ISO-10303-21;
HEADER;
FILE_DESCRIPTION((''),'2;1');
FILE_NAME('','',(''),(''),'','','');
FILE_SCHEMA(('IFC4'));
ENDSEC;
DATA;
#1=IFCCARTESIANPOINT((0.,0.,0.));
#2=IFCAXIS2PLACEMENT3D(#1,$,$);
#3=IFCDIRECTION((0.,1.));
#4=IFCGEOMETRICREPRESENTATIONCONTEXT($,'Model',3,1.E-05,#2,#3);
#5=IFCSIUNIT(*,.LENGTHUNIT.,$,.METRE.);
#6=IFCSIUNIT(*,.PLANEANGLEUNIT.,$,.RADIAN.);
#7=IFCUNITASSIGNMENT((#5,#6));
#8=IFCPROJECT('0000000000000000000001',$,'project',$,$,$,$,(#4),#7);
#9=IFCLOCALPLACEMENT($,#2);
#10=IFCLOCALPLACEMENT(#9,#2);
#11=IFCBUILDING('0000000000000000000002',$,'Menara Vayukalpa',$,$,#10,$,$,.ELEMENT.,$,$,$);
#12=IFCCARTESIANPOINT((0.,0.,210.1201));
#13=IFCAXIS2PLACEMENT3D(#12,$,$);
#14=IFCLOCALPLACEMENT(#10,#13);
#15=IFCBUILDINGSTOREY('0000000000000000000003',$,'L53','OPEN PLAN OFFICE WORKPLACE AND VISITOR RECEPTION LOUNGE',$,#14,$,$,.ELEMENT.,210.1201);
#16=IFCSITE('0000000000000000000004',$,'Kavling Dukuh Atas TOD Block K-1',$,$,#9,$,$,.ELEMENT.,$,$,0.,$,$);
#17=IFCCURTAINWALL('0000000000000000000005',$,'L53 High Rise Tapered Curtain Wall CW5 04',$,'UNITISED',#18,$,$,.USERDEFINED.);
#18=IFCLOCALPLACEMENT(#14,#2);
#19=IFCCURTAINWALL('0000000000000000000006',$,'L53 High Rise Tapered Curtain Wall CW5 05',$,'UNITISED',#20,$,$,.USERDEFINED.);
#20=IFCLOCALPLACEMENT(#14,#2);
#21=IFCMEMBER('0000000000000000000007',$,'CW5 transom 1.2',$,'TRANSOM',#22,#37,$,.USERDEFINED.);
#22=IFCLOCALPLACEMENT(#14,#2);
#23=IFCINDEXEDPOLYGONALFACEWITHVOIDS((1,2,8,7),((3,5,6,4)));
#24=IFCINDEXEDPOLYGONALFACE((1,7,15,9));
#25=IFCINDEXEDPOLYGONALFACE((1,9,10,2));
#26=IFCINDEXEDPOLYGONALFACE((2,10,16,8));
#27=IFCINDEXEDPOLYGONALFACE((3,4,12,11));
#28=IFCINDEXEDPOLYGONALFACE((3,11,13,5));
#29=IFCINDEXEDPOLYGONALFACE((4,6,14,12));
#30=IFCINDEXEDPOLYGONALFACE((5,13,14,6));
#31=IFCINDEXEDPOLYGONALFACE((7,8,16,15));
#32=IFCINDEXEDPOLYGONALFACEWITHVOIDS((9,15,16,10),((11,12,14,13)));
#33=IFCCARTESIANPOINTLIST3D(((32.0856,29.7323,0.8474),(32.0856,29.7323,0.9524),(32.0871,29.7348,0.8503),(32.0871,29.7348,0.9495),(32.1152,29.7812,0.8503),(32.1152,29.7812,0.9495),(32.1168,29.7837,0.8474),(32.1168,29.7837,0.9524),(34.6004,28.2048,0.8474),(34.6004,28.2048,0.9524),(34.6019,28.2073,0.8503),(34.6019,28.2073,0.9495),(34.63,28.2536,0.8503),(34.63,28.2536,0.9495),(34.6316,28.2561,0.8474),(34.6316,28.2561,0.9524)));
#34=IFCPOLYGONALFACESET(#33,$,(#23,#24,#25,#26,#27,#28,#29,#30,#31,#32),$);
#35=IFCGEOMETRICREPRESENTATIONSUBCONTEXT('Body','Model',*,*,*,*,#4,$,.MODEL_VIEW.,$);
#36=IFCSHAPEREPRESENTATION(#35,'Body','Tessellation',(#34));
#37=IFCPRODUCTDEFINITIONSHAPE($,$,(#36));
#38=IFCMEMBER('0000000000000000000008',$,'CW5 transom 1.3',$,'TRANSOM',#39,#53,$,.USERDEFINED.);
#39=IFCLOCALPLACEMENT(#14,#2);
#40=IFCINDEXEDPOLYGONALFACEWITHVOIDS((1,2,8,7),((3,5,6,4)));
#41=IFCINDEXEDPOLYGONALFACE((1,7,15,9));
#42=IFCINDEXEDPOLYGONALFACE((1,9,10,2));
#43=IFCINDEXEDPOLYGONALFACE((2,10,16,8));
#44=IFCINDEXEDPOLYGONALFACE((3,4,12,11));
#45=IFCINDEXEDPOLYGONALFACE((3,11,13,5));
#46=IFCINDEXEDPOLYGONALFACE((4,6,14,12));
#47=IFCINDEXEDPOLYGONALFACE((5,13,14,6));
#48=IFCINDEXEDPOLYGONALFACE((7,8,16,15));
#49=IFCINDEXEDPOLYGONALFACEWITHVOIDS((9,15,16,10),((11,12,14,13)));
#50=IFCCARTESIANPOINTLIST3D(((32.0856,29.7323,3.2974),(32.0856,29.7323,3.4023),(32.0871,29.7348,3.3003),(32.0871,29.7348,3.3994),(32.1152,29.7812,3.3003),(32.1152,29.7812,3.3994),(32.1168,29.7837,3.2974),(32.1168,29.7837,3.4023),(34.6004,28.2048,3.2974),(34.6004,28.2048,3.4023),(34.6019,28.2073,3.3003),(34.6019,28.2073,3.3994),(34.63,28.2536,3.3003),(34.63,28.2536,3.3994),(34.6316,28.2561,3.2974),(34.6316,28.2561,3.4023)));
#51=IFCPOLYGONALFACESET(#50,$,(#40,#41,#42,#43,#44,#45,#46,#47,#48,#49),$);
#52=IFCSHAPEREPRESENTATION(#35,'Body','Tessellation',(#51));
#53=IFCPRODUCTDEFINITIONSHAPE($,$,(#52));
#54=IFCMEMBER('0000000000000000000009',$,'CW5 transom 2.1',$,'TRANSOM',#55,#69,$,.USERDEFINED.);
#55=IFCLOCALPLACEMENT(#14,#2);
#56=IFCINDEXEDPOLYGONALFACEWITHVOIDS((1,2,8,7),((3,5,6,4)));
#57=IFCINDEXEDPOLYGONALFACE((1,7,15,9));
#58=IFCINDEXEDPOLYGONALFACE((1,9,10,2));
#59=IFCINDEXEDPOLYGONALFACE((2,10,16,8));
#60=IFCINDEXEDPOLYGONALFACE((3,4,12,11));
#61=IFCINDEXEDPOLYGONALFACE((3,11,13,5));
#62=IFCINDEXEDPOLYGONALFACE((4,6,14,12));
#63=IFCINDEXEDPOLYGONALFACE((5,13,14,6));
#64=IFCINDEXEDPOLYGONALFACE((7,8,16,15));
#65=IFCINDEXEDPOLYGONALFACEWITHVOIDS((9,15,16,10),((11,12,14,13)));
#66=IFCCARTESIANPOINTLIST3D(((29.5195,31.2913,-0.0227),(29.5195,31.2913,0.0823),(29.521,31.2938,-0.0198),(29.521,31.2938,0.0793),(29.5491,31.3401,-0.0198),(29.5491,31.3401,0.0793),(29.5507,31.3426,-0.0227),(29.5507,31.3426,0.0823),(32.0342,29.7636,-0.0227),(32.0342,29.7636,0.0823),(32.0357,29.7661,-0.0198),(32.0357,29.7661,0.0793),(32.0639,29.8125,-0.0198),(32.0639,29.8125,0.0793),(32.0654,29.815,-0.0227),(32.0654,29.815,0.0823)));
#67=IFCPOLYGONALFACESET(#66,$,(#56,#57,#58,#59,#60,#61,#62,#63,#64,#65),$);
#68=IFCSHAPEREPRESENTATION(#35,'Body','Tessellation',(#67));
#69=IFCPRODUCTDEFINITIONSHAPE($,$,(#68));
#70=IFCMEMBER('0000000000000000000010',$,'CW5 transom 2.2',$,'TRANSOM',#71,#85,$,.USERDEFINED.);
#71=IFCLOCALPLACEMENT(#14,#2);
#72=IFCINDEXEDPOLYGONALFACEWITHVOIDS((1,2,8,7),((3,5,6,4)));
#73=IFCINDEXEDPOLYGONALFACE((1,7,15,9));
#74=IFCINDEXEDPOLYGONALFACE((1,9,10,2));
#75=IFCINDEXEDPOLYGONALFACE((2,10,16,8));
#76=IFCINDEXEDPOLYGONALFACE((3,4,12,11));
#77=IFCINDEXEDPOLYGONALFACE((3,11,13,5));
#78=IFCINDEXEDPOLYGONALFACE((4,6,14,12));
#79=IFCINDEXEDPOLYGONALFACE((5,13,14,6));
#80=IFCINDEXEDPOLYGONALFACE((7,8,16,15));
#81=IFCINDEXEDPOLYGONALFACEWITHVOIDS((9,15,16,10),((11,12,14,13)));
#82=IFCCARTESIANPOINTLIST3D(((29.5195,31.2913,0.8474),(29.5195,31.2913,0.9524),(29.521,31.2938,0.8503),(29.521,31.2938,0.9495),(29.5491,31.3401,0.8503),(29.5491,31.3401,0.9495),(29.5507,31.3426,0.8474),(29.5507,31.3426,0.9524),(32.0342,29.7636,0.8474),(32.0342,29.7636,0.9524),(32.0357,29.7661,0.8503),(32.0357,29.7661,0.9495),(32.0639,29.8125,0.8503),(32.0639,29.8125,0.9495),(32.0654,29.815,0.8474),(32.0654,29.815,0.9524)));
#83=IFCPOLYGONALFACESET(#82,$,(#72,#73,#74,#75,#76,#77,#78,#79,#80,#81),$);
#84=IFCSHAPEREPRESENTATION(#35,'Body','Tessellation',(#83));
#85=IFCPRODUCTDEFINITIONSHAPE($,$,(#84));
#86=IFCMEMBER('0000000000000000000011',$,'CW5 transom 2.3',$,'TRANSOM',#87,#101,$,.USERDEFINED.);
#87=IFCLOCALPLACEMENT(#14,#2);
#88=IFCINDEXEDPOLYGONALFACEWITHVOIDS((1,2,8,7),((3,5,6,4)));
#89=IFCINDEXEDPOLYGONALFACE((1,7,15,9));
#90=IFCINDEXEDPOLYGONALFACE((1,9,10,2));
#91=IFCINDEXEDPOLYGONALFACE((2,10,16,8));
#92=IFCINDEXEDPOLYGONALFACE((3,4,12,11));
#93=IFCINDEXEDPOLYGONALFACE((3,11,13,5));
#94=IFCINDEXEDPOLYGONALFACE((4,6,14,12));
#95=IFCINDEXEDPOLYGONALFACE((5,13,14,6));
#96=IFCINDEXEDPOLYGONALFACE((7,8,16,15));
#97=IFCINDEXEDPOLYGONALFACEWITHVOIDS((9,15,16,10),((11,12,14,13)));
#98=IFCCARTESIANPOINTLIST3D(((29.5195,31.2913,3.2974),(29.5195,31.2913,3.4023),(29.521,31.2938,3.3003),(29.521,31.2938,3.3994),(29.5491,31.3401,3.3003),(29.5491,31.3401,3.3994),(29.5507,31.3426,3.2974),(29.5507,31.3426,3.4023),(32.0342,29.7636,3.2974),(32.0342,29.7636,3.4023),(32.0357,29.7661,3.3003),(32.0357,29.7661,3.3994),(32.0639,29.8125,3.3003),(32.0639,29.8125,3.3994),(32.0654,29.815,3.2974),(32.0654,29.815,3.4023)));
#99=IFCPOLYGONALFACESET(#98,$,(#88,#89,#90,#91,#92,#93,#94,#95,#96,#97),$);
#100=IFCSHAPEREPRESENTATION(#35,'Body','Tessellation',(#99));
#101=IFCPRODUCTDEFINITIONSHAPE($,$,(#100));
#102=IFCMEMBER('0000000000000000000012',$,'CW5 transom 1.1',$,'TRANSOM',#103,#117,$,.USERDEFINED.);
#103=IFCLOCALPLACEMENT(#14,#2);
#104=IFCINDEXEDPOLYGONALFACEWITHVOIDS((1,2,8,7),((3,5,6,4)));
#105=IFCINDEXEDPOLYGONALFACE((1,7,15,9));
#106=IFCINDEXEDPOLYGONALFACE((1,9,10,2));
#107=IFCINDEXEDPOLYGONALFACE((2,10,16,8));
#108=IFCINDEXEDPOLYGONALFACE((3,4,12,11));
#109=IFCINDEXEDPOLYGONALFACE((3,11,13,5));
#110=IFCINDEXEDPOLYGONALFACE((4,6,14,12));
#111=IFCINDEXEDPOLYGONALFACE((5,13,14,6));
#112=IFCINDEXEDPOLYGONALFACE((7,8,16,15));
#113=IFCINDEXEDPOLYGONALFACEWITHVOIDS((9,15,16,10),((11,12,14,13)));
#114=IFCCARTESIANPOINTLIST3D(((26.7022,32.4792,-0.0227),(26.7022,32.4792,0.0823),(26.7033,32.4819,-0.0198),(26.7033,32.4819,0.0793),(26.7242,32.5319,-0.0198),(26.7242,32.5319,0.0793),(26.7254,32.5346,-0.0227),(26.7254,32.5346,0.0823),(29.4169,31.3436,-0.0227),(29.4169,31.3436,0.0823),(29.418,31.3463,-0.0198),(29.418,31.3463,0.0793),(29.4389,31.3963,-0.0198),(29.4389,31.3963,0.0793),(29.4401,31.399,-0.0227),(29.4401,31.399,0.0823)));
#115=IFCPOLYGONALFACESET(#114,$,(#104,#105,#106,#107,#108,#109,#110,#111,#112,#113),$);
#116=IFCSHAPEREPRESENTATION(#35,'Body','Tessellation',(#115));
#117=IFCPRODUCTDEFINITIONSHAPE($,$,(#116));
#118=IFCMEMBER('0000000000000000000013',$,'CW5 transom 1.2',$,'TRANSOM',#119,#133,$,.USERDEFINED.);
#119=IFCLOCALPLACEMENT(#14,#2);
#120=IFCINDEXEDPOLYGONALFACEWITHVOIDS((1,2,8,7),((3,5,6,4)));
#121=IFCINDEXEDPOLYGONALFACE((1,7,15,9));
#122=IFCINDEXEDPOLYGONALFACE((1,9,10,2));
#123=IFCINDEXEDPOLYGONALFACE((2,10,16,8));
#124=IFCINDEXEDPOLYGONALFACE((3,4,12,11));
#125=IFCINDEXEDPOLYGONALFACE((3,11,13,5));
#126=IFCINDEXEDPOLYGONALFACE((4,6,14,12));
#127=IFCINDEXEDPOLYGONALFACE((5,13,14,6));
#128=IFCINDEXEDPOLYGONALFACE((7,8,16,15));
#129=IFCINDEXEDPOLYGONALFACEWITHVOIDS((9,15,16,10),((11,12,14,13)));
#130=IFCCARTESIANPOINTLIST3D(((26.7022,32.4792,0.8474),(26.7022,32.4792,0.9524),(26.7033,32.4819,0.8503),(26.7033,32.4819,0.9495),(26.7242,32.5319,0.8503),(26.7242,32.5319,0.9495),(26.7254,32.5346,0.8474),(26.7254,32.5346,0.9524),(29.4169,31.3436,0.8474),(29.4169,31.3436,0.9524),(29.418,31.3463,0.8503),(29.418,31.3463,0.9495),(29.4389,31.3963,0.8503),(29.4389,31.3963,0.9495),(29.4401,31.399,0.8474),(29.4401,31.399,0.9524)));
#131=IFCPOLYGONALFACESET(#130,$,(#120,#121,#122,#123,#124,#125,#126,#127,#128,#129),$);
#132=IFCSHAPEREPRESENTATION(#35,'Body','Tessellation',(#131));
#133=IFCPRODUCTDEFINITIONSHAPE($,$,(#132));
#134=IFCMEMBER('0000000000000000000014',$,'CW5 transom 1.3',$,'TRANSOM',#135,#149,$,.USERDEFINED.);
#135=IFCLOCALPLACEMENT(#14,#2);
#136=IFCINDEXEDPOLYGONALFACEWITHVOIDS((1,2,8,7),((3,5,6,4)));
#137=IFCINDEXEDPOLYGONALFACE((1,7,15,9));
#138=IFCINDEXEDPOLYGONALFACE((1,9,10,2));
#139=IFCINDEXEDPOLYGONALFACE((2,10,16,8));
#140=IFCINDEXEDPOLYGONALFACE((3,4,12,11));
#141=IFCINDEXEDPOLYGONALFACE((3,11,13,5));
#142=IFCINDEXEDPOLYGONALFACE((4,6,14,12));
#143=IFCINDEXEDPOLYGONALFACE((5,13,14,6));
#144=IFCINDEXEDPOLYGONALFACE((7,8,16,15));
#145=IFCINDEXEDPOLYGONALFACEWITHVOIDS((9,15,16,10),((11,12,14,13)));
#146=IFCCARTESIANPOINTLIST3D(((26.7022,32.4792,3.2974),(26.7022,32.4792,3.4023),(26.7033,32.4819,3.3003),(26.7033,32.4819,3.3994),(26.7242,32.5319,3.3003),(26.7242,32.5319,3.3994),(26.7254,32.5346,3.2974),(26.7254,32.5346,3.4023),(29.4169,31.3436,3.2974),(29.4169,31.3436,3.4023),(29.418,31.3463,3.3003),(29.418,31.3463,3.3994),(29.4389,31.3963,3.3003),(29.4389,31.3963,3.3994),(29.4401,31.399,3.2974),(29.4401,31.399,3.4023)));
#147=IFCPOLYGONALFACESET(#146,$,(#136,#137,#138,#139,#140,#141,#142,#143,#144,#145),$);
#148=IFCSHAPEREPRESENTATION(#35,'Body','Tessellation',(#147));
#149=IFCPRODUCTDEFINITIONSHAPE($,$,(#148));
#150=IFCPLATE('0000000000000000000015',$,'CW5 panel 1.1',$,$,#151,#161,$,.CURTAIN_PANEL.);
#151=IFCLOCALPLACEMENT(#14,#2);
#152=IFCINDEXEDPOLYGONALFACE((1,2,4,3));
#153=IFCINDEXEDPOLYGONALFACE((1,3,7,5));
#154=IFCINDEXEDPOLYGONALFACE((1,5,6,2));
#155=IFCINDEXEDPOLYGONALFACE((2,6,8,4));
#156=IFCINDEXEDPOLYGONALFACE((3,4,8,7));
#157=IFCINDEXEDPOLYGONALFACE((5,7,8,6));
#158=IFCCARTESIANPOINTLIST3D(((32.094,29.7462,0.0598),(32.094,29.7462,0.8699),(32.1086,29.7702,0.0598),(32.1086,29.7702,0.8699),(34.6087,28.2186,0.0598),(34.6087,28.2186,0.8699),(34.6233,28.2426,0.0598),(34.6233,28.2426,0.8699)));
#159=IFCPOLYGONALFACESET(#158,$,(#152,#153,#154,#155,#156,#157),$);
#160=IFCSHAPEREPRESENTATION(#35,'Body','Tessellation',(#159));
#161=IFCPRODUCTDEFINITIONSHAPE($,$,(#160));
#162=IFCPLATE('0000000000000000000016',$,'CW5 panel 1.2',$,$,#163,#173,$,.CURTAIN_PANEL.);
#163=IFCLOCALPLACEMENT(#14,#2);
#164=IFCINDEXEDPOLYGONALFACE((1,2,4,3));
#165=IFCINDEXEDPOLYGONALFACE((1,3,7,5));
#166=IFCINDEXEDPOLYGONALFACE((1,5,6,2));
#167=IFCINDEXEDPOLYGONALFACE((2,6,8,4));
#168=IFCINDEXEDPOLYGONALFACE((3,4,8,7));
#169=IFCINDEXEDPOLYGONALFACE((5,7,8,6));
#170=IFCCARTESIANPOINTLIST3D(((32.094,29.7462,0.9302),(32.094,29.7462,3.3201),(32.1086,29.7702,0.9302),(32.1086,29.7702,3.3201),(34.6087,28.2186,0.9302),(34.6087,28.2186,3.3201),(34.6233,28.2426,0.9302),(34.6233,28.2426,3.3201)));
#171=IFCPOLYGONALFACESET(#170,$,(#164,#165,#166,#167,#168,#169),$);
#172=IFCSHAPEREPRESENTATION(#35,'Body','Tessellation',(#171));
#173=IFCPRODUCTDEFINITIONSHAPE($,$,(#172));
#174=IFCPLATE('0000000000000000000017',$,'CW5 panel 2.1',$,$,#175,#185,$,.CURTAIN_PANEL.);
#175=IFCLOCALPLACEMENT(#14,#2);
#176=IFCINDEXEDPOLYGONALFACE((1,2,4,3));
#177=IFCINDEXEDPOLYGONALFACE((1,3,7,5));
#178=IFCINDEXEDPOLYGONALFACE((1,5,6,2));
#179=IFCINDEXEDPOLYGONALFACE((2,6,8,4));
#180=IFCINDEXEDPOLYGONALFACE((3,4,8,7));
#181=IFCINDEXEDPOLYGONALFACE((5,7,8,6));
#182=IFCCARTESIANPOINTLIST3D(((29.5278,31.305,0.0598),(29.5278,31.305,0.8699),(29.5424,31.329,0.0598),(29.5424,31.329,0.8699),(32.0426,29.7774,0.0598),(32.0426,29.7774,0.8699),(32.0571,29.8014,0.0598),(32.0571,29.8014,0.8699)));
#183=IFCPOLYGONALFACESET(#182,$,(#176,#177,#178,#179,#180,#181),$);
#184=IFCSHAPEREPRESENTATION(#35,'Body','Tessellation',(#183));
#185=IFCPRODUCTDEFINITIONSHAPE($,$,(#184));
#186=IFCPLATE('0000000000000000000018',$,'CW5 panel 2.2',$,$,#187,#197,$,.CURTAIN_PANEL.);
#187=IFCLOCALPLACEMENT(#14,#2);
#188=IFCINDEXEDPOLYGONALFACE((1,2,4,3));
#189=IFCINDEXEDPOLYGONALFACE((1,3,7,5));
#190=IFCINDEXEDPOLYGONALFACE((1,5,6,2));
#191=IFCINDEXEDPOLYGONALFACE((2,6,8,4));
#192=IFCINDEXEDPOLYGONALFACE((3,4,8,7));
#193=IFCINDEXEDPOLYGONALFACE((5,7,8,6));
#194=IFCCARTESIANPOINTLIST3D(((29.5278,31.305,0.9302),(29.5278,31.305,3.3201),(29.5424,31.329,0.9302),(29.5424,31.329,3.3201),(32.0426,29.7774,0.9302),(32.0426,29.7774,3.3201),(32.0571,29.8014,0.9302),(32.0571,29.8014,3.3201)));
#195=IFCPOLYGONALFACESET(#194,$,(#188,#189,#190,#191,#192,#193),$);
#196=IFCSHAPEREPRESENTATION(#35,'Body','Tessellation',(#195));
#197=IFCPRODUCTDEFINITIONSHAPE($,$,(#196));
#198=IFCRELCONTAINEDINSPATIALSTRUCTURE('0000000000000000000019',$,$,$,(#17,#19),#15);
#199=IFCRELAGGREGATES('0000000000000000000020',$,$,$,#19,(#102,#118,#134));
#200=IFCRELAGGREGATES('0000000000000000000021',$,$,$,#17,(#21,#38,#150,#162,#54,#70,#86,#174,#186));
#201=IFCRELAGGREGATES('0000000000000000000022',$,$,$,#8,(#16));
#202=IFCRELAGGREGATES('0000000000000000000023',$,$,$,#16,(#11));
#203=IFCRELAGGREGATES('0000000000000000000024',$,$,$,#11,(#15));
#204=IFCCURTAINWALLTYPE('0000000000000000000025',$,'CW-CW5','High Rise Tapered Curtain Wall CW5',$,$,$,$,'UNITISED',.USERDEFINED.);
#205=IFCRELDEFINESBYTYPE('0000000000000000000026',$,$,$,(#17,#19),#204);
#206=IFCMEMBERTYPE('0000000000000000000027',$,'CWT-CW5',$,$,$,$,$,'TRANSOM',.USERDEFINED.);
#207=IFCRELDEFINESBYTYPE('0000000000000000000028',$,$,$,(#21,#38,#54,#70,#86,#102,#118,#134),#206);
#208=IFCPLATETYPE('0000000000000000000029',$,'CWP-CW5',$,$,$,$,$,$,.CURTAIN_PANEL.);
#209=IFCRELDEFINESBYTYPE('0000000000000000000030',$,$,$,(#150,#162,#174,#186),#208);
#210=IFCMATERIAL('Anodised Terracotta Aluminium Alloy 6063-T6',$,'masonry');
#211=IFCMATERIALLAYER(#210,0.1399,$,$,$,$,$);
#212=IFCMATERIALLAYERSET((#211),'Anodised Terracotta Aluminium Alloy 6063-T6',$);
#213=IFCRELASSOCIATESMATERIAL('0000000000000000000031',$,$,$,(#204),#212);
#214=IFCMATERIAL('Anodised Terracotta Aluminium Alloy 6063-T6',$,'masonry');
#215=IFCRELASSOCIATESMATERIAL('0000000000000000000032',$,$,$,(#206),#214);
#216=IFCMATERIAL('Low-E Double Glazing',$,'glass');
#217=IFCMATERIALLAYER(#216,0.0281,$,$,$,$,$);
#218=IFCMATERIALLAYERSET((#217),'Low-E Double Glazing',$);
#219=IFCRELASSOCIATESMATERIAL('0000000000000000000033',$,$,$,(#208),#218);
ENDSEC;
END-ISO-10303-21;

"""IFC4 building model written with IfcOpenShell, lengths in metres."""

from ifc_helpers import new_model, si_unit, direction, frame, origin, origin_2d, place, context, subcontext, project, spatial, rectangle, hollow_rectangle, extrude, material, layer, layer_set, material_profile, profile_set, type_object, element, aggregate, save


model = new_model("IFC4")

# Units and contexts
model_context = context("Model", 3, precision=1e-05, world=origin(), true_north=direction((0.0, 1.0)))
body_context = subcontext(model_context, "Body", "Model", "MODEL_VIEW")
ifc_project = project(units=[si_unit("LENGTHUNIT", "METRE"), si_unit("PLANEANGLEUNIT", "RADIAN")], contexts=[model_context])

# Site, building, storey
site_placement = place(None, origin())
site = spatial("IfcSite", under=ifc_project, at=site_placement, Name="Kavling Dukuh Atas TOD Block K-1", CompositionType="ELEMENT", RefElevation=0.0)
building_placement = place(site_placement, origin())
building = spatial("IfcBuilding", under=site, at=building_placement, Name="Menara Vayukalpa", CompositionType="ELEMENT")
storey_placement = place(building_placement, frame((0.0, 0.0, 210.1201)))
storey = spatial("IfcBuildingStorey", under=building, at=storey_placement, Name="L53", Description="OPEN PLAN OFFICE WORKPLACE AND VISITOR RECEPTION LOUNGE", CompositionType="ELEMENT", Elevation=210.1201)

# Curtain wall
ifc_material_1 = material(Name="Anodised Terracotta Aluminium Alloy 6063-T6", Category="masonry")
ifc_layer_1 = layer(ifc_material_1, 0.1399)
ifc_layer_set_1 = layer_set([ifc_layer_1], Name="Anodised Terracotta Aluminium Alloy 6063-T6")
curtain_wall_type = type_object("IfcCurtainWallType", Name="CW-CW5", Description="High Rise Tapered Curtain Wall CW5", ElementType="UNITISED", PredefinedType="USERDEFINED", material=ifc_layer_set_1)
curtain_wall_1_placement = place(storey_placement, origin())
curtain_wall_1 = element("IfcCurtainWall", 1, at=curtain_wall_1_placement, inside=storey, type_object=curtain_wall_type, Name="L53 High Rise Tapered Curtain Wall CW5 04", ObjectType="UNITISED", PredefinedType="USERDEFINED")

# Curtain wall
curtain_wall_2_placement = place(storey_placement, origin())
curtain_wall_2 = element("IfcCurtainWall", 2, at=curtain_wall_2_placement, inside=storey, type_object=curtain_wall_type, Name="L53 High Rise Tapered Curtain Wall CW5 05", ObjectType="UNITISED", PredefinedType="USERDEFINED")

# Members
ifc_material_2 = material(Name="Anodised Terracotta Aluminium Alloy 6063-T6", Category="masonry")
ifc_material_profile_1 = material_profile(ifc_material_2, hollow_rectangle(XDim=0.0601, YDim=0.105, WallThickness=0.0029, at=origin_2d()), Name="ALU 60x105x3")
ifc_profile_set_1 = profile_set([ifc_material_profile_1], Name="Anodised Terracotta Aluminium Alloy 6063-T6")
member_type_1 = type_object("IfcMemberType", Name="CWT-CW5", ElementType="TRANSOM", PredefinedType="USERDEFINED", material=ifc_profile_set_1)
member_1_placement = place(storey_placement, frame((34.616, 28.2305, 0.8999), z_axis=(-0.854684, 0.519149, 0.0), x_axis=(-0.519149, -0.854684, 0.0)))
member_1 = element("IfcMember", 3, at=member_1_placement, type_object=member_type_1, Name="CW5 transom 1.2", ObjectType="TRANSOM", PredefinedType="USERDEFINED", context=body_context, shape_type="SweptSolid", body=[
    extrude(hollow_rectangle(XDim=0.0601, YDim=0.105, WallThickness=0.0029, at=origin_2d()), origin(), (0.0, 0.0, 1.0), 2.9424),
])
member_2_placement = place(storey_placement, frame((34.616, 28.2305, 3.3499), z_axis=(-0.854684, 0.519149, 0.0), x_axis=(-0.519149, -0.854684, 0.0)))
member_2 = element("IfcMember", 4, at=member_2_placement, type_object=member_type_1, Name="CW5 transom 1.3", ObjectType="TRANSOM", PredefinedType="USERDEFINED", context=body_context, shape_type="SweptSolid", body=[
    extrude(hollow_rectangle(XDim=0.0601, YDim=0.105, WallThickness=0.0029, at=origin_2d()), origin(), (0.0, 0.0, 1.0), 2.9424),
])
member_3_placement = place(storey_placement, frame((32.0498, 29.7893, 0.0298), z_axis=(-0.854661, 0.519186, 0.0), x_axis=(-0.519186, -0.854661, 0.0)))
member_3 = element("IfcMember", 5, at=member_3_placement, type_object=member_type_1, Name="CW5 transom 2.1", ObjectType="TRANSOM", PredefinedType="USERDEFINED", context=body_context, shape_type="SweptSolid", body=[
    extrude(hollow_rectangle(XDim=0.0601, YDim=0.105, WallThickness=0.0029, at=origin_2d()), origin(), (0.0, 0.0, 1.0), 2.9424),
])
member_4_placement = place(storey_placement, frame((32.0498, 29.7893, 0.8999), z_axis=(-0.854661, 0.519186, 0.0), x_axis=(-0.519186, -0.854661, 0.0)))
member_4 = element("IfcMember", 6, at=member_4_placement, type_object=member_type_1, Name="CW5 transom 2.2", ObjectType="TRANSOM", PredefinedType="USERDEFINED", context=body_context, shape_type="SweptSolid", body=[
    extrude(hollow_rectangle(XDim=0.0601, YDim=0.105, WallThickness=0.0029, at=origin_2d()), origin(), (0.0, 0.0, 1.0), 2.9424),
])
member_5_placement = place(storey_placement, frame((32.0498, 29.7893, 3.3499), z_axis=(-0.854661, 0.519186, 0.0), x_axis=(-0.519186, -0.854661, 0.0)))
member_5 = element("IfcMember", 7, at=member_5_placement, type_object=member_type_1, Name="CW5 transom 2.3", ObjectType="TRANSOM", PredefinedType="USERDEFINED", context=body_context, shape_type="SweptSolid", body=[
    extrude(hollow_rectangle(XDim=0.0601, YDim=0.105, WallThickness=0.0029, at=origin_2d()), origin(), (0.0, 0.0, 1.0), 2.9424),
])
member_6_placement = place(storey_placement, frame((29.4285, 31.3713, 0.0298), z_axis=(-0.922543, 0.385893, 0.0), x_axis=(-0.385893, -0.922543, 0.0)))
member_6 = element("IfcMember", 8, at=member_6_placement, type_object=member_type_1, Name="CW5 transom 1.1", ObjectType="TRANSOM", PredefinedType="USERDEFINED", context=body_context, shape_type="SweptSolid", body=[
    extrude(hollow_rectangle(XDim=0.0601, YDim=0.105, WallThickness=0.0029, at=origin_2d()), origin(), (0.0, 0.0, 1.0), 2.9426),
])
member_7_placement = place(storey_placement, frame((29.4285, 31.3713, 0.8999), z_axis=(-0.922543, 0.385893, 0.0), x_axis=(-0.385893, -0.922543, 0.0)))
member_7 = element("IfcMember", 9, at=member_7_placement, type_object=member_type_1, Name="CW5 transom 1.2", ObjectType="TRANSOM", PredefinedType="USERDEFINED", context=body_context, shape_type="SweptSolid", body=[
    extrude(hollow_rectangle(XDim=0.0601, YDim=0.105, WallThickness=0.0029, at=origin_2d()), origin(), (0.0, 0.0, 1.0), 2.9426),
])
member_8_placement = place(storey_placement, frame((29.4285, 31.3713, 3.3499), z_axis=(-0.922543, 0.385893, 0.0), x_axis=(-0.385893, -0.922543, 0.0)))
member_8 = element("IfcMember", 10, at=member_8_placement, type_object=member_type_1, Name="CW5 transom 1.3", ObjectType="TRANSOM", PredefinedType="USERDEFINED", context=body_context, shape_type="SweptSolid", body=[
    extrude(hollow_rectangle(XDim=0.0601, YDim=0.105, WallThickness=0.0029, at=origin_2d()), origin(), (0.0, 0.0, 1.0), 2.9426),
])
aggregate(curtain_wall_2, [member_6, member_7, member_8])

# Plates
ifc_material_3 = material(Name="Low-E Double Glazing", Category="glass")
ifc_layer_2 = layer(ifc_material_3, 0.0281)
ifc_layer_set_2 = layer_set([ifc_layer_2], Name="Low-E Double Glazing")
plate_type = type_object("IfcPlateType", Name="CWP-CW5", PredefinedType="CURTAIN_PANEL", material=ifc_layer_set_2)
plate_1_placement = place(storey_placement, frame((33.3586, 28.9944, 0.0598), z_axis=(0.0, 0.0, 1.0), x_axis=(-0.854665, 0.51918, 0.0)))
plate_1 = element("IfcPlate", 11, at=plate_1_placement, type_object=plate_type, Name="CW5 panel 1.1", PredefinedType="CURTAIN_PANEL", context=body_context, shape_type="SweptSolid", body=[
    extrude(rectangle(XDim=2.9424, YDim=0.0281, at=origin_2d()), origin(), (0.0, 0.0, 1.0), 0.8101),
])
plate_2_placement = place(storey_placement, frame((33.3586, 28.9944, 0.9302), z_axis=(0.0, 0.0, 1.0), x_axis=(-0.854665, 0.51918, 0.0)))
plate_2 = element("IfcPlate", 12, at=plate_2_placement, type_object=plate_type, Name="CW5 panel 1.2", PredefinedType="CURTAIN_PANEL", context=body_context, shape_type="SweptSolid", body=[
    extrude(rectangle(XDim=2.9424, YDim=0.0281, at=origin_2d()), origin(), (0.0, 0.0, 1.0), 2.3899),
])
plate_3_placement = place(storey_placement, frame((30.7925, 30.5532, 0.0598), z_axis=(0.0, 0.0, 1.0), x_axis=(-0.854665, 0.51918, 0.0)))
plate_3 = element("IfcPlate", 13, at=plate_3_placement, type_object=plate_type, Name="CW5 panel 2.1", PredefinedType="CURTAIN_PANEL", context=body_context, shape_type="SweptSolid", body=[
    extrude(rectangle(XDim=2.9424, YDim=0.0281, at=origin_2d()), origin(), (0.0, 0.0, 1.0), 0.8101),
])
plate_4_placement = place(storey_placement, frame((30.7925, 30.5532, 0.9302), z_axis=(0.0, 0.0, 1.0), x_axis=(-0.854665, 0.51918, 0.0)))
plate_4 = element("IfcPlate", 14, at=plate_4_placement, type_object=plate_type, Name="CW5 panel 2.2", PredefinedType="CURTAIN_PANEL", context=body_context, shape_type="SweptSolid", body=[
    extrude(rectangle(XDim=2.9424, YDim=0.0281, at=origin_2d()), origin(), (0.0, 0.0, 1.0), 2.3899),
])
aggregate(curtain_wall_1, [member_1, member_2, plate_1, plate_2, member_3, member_4, member_5, plate_3, plate_4])

save(model, "model.ifc")
